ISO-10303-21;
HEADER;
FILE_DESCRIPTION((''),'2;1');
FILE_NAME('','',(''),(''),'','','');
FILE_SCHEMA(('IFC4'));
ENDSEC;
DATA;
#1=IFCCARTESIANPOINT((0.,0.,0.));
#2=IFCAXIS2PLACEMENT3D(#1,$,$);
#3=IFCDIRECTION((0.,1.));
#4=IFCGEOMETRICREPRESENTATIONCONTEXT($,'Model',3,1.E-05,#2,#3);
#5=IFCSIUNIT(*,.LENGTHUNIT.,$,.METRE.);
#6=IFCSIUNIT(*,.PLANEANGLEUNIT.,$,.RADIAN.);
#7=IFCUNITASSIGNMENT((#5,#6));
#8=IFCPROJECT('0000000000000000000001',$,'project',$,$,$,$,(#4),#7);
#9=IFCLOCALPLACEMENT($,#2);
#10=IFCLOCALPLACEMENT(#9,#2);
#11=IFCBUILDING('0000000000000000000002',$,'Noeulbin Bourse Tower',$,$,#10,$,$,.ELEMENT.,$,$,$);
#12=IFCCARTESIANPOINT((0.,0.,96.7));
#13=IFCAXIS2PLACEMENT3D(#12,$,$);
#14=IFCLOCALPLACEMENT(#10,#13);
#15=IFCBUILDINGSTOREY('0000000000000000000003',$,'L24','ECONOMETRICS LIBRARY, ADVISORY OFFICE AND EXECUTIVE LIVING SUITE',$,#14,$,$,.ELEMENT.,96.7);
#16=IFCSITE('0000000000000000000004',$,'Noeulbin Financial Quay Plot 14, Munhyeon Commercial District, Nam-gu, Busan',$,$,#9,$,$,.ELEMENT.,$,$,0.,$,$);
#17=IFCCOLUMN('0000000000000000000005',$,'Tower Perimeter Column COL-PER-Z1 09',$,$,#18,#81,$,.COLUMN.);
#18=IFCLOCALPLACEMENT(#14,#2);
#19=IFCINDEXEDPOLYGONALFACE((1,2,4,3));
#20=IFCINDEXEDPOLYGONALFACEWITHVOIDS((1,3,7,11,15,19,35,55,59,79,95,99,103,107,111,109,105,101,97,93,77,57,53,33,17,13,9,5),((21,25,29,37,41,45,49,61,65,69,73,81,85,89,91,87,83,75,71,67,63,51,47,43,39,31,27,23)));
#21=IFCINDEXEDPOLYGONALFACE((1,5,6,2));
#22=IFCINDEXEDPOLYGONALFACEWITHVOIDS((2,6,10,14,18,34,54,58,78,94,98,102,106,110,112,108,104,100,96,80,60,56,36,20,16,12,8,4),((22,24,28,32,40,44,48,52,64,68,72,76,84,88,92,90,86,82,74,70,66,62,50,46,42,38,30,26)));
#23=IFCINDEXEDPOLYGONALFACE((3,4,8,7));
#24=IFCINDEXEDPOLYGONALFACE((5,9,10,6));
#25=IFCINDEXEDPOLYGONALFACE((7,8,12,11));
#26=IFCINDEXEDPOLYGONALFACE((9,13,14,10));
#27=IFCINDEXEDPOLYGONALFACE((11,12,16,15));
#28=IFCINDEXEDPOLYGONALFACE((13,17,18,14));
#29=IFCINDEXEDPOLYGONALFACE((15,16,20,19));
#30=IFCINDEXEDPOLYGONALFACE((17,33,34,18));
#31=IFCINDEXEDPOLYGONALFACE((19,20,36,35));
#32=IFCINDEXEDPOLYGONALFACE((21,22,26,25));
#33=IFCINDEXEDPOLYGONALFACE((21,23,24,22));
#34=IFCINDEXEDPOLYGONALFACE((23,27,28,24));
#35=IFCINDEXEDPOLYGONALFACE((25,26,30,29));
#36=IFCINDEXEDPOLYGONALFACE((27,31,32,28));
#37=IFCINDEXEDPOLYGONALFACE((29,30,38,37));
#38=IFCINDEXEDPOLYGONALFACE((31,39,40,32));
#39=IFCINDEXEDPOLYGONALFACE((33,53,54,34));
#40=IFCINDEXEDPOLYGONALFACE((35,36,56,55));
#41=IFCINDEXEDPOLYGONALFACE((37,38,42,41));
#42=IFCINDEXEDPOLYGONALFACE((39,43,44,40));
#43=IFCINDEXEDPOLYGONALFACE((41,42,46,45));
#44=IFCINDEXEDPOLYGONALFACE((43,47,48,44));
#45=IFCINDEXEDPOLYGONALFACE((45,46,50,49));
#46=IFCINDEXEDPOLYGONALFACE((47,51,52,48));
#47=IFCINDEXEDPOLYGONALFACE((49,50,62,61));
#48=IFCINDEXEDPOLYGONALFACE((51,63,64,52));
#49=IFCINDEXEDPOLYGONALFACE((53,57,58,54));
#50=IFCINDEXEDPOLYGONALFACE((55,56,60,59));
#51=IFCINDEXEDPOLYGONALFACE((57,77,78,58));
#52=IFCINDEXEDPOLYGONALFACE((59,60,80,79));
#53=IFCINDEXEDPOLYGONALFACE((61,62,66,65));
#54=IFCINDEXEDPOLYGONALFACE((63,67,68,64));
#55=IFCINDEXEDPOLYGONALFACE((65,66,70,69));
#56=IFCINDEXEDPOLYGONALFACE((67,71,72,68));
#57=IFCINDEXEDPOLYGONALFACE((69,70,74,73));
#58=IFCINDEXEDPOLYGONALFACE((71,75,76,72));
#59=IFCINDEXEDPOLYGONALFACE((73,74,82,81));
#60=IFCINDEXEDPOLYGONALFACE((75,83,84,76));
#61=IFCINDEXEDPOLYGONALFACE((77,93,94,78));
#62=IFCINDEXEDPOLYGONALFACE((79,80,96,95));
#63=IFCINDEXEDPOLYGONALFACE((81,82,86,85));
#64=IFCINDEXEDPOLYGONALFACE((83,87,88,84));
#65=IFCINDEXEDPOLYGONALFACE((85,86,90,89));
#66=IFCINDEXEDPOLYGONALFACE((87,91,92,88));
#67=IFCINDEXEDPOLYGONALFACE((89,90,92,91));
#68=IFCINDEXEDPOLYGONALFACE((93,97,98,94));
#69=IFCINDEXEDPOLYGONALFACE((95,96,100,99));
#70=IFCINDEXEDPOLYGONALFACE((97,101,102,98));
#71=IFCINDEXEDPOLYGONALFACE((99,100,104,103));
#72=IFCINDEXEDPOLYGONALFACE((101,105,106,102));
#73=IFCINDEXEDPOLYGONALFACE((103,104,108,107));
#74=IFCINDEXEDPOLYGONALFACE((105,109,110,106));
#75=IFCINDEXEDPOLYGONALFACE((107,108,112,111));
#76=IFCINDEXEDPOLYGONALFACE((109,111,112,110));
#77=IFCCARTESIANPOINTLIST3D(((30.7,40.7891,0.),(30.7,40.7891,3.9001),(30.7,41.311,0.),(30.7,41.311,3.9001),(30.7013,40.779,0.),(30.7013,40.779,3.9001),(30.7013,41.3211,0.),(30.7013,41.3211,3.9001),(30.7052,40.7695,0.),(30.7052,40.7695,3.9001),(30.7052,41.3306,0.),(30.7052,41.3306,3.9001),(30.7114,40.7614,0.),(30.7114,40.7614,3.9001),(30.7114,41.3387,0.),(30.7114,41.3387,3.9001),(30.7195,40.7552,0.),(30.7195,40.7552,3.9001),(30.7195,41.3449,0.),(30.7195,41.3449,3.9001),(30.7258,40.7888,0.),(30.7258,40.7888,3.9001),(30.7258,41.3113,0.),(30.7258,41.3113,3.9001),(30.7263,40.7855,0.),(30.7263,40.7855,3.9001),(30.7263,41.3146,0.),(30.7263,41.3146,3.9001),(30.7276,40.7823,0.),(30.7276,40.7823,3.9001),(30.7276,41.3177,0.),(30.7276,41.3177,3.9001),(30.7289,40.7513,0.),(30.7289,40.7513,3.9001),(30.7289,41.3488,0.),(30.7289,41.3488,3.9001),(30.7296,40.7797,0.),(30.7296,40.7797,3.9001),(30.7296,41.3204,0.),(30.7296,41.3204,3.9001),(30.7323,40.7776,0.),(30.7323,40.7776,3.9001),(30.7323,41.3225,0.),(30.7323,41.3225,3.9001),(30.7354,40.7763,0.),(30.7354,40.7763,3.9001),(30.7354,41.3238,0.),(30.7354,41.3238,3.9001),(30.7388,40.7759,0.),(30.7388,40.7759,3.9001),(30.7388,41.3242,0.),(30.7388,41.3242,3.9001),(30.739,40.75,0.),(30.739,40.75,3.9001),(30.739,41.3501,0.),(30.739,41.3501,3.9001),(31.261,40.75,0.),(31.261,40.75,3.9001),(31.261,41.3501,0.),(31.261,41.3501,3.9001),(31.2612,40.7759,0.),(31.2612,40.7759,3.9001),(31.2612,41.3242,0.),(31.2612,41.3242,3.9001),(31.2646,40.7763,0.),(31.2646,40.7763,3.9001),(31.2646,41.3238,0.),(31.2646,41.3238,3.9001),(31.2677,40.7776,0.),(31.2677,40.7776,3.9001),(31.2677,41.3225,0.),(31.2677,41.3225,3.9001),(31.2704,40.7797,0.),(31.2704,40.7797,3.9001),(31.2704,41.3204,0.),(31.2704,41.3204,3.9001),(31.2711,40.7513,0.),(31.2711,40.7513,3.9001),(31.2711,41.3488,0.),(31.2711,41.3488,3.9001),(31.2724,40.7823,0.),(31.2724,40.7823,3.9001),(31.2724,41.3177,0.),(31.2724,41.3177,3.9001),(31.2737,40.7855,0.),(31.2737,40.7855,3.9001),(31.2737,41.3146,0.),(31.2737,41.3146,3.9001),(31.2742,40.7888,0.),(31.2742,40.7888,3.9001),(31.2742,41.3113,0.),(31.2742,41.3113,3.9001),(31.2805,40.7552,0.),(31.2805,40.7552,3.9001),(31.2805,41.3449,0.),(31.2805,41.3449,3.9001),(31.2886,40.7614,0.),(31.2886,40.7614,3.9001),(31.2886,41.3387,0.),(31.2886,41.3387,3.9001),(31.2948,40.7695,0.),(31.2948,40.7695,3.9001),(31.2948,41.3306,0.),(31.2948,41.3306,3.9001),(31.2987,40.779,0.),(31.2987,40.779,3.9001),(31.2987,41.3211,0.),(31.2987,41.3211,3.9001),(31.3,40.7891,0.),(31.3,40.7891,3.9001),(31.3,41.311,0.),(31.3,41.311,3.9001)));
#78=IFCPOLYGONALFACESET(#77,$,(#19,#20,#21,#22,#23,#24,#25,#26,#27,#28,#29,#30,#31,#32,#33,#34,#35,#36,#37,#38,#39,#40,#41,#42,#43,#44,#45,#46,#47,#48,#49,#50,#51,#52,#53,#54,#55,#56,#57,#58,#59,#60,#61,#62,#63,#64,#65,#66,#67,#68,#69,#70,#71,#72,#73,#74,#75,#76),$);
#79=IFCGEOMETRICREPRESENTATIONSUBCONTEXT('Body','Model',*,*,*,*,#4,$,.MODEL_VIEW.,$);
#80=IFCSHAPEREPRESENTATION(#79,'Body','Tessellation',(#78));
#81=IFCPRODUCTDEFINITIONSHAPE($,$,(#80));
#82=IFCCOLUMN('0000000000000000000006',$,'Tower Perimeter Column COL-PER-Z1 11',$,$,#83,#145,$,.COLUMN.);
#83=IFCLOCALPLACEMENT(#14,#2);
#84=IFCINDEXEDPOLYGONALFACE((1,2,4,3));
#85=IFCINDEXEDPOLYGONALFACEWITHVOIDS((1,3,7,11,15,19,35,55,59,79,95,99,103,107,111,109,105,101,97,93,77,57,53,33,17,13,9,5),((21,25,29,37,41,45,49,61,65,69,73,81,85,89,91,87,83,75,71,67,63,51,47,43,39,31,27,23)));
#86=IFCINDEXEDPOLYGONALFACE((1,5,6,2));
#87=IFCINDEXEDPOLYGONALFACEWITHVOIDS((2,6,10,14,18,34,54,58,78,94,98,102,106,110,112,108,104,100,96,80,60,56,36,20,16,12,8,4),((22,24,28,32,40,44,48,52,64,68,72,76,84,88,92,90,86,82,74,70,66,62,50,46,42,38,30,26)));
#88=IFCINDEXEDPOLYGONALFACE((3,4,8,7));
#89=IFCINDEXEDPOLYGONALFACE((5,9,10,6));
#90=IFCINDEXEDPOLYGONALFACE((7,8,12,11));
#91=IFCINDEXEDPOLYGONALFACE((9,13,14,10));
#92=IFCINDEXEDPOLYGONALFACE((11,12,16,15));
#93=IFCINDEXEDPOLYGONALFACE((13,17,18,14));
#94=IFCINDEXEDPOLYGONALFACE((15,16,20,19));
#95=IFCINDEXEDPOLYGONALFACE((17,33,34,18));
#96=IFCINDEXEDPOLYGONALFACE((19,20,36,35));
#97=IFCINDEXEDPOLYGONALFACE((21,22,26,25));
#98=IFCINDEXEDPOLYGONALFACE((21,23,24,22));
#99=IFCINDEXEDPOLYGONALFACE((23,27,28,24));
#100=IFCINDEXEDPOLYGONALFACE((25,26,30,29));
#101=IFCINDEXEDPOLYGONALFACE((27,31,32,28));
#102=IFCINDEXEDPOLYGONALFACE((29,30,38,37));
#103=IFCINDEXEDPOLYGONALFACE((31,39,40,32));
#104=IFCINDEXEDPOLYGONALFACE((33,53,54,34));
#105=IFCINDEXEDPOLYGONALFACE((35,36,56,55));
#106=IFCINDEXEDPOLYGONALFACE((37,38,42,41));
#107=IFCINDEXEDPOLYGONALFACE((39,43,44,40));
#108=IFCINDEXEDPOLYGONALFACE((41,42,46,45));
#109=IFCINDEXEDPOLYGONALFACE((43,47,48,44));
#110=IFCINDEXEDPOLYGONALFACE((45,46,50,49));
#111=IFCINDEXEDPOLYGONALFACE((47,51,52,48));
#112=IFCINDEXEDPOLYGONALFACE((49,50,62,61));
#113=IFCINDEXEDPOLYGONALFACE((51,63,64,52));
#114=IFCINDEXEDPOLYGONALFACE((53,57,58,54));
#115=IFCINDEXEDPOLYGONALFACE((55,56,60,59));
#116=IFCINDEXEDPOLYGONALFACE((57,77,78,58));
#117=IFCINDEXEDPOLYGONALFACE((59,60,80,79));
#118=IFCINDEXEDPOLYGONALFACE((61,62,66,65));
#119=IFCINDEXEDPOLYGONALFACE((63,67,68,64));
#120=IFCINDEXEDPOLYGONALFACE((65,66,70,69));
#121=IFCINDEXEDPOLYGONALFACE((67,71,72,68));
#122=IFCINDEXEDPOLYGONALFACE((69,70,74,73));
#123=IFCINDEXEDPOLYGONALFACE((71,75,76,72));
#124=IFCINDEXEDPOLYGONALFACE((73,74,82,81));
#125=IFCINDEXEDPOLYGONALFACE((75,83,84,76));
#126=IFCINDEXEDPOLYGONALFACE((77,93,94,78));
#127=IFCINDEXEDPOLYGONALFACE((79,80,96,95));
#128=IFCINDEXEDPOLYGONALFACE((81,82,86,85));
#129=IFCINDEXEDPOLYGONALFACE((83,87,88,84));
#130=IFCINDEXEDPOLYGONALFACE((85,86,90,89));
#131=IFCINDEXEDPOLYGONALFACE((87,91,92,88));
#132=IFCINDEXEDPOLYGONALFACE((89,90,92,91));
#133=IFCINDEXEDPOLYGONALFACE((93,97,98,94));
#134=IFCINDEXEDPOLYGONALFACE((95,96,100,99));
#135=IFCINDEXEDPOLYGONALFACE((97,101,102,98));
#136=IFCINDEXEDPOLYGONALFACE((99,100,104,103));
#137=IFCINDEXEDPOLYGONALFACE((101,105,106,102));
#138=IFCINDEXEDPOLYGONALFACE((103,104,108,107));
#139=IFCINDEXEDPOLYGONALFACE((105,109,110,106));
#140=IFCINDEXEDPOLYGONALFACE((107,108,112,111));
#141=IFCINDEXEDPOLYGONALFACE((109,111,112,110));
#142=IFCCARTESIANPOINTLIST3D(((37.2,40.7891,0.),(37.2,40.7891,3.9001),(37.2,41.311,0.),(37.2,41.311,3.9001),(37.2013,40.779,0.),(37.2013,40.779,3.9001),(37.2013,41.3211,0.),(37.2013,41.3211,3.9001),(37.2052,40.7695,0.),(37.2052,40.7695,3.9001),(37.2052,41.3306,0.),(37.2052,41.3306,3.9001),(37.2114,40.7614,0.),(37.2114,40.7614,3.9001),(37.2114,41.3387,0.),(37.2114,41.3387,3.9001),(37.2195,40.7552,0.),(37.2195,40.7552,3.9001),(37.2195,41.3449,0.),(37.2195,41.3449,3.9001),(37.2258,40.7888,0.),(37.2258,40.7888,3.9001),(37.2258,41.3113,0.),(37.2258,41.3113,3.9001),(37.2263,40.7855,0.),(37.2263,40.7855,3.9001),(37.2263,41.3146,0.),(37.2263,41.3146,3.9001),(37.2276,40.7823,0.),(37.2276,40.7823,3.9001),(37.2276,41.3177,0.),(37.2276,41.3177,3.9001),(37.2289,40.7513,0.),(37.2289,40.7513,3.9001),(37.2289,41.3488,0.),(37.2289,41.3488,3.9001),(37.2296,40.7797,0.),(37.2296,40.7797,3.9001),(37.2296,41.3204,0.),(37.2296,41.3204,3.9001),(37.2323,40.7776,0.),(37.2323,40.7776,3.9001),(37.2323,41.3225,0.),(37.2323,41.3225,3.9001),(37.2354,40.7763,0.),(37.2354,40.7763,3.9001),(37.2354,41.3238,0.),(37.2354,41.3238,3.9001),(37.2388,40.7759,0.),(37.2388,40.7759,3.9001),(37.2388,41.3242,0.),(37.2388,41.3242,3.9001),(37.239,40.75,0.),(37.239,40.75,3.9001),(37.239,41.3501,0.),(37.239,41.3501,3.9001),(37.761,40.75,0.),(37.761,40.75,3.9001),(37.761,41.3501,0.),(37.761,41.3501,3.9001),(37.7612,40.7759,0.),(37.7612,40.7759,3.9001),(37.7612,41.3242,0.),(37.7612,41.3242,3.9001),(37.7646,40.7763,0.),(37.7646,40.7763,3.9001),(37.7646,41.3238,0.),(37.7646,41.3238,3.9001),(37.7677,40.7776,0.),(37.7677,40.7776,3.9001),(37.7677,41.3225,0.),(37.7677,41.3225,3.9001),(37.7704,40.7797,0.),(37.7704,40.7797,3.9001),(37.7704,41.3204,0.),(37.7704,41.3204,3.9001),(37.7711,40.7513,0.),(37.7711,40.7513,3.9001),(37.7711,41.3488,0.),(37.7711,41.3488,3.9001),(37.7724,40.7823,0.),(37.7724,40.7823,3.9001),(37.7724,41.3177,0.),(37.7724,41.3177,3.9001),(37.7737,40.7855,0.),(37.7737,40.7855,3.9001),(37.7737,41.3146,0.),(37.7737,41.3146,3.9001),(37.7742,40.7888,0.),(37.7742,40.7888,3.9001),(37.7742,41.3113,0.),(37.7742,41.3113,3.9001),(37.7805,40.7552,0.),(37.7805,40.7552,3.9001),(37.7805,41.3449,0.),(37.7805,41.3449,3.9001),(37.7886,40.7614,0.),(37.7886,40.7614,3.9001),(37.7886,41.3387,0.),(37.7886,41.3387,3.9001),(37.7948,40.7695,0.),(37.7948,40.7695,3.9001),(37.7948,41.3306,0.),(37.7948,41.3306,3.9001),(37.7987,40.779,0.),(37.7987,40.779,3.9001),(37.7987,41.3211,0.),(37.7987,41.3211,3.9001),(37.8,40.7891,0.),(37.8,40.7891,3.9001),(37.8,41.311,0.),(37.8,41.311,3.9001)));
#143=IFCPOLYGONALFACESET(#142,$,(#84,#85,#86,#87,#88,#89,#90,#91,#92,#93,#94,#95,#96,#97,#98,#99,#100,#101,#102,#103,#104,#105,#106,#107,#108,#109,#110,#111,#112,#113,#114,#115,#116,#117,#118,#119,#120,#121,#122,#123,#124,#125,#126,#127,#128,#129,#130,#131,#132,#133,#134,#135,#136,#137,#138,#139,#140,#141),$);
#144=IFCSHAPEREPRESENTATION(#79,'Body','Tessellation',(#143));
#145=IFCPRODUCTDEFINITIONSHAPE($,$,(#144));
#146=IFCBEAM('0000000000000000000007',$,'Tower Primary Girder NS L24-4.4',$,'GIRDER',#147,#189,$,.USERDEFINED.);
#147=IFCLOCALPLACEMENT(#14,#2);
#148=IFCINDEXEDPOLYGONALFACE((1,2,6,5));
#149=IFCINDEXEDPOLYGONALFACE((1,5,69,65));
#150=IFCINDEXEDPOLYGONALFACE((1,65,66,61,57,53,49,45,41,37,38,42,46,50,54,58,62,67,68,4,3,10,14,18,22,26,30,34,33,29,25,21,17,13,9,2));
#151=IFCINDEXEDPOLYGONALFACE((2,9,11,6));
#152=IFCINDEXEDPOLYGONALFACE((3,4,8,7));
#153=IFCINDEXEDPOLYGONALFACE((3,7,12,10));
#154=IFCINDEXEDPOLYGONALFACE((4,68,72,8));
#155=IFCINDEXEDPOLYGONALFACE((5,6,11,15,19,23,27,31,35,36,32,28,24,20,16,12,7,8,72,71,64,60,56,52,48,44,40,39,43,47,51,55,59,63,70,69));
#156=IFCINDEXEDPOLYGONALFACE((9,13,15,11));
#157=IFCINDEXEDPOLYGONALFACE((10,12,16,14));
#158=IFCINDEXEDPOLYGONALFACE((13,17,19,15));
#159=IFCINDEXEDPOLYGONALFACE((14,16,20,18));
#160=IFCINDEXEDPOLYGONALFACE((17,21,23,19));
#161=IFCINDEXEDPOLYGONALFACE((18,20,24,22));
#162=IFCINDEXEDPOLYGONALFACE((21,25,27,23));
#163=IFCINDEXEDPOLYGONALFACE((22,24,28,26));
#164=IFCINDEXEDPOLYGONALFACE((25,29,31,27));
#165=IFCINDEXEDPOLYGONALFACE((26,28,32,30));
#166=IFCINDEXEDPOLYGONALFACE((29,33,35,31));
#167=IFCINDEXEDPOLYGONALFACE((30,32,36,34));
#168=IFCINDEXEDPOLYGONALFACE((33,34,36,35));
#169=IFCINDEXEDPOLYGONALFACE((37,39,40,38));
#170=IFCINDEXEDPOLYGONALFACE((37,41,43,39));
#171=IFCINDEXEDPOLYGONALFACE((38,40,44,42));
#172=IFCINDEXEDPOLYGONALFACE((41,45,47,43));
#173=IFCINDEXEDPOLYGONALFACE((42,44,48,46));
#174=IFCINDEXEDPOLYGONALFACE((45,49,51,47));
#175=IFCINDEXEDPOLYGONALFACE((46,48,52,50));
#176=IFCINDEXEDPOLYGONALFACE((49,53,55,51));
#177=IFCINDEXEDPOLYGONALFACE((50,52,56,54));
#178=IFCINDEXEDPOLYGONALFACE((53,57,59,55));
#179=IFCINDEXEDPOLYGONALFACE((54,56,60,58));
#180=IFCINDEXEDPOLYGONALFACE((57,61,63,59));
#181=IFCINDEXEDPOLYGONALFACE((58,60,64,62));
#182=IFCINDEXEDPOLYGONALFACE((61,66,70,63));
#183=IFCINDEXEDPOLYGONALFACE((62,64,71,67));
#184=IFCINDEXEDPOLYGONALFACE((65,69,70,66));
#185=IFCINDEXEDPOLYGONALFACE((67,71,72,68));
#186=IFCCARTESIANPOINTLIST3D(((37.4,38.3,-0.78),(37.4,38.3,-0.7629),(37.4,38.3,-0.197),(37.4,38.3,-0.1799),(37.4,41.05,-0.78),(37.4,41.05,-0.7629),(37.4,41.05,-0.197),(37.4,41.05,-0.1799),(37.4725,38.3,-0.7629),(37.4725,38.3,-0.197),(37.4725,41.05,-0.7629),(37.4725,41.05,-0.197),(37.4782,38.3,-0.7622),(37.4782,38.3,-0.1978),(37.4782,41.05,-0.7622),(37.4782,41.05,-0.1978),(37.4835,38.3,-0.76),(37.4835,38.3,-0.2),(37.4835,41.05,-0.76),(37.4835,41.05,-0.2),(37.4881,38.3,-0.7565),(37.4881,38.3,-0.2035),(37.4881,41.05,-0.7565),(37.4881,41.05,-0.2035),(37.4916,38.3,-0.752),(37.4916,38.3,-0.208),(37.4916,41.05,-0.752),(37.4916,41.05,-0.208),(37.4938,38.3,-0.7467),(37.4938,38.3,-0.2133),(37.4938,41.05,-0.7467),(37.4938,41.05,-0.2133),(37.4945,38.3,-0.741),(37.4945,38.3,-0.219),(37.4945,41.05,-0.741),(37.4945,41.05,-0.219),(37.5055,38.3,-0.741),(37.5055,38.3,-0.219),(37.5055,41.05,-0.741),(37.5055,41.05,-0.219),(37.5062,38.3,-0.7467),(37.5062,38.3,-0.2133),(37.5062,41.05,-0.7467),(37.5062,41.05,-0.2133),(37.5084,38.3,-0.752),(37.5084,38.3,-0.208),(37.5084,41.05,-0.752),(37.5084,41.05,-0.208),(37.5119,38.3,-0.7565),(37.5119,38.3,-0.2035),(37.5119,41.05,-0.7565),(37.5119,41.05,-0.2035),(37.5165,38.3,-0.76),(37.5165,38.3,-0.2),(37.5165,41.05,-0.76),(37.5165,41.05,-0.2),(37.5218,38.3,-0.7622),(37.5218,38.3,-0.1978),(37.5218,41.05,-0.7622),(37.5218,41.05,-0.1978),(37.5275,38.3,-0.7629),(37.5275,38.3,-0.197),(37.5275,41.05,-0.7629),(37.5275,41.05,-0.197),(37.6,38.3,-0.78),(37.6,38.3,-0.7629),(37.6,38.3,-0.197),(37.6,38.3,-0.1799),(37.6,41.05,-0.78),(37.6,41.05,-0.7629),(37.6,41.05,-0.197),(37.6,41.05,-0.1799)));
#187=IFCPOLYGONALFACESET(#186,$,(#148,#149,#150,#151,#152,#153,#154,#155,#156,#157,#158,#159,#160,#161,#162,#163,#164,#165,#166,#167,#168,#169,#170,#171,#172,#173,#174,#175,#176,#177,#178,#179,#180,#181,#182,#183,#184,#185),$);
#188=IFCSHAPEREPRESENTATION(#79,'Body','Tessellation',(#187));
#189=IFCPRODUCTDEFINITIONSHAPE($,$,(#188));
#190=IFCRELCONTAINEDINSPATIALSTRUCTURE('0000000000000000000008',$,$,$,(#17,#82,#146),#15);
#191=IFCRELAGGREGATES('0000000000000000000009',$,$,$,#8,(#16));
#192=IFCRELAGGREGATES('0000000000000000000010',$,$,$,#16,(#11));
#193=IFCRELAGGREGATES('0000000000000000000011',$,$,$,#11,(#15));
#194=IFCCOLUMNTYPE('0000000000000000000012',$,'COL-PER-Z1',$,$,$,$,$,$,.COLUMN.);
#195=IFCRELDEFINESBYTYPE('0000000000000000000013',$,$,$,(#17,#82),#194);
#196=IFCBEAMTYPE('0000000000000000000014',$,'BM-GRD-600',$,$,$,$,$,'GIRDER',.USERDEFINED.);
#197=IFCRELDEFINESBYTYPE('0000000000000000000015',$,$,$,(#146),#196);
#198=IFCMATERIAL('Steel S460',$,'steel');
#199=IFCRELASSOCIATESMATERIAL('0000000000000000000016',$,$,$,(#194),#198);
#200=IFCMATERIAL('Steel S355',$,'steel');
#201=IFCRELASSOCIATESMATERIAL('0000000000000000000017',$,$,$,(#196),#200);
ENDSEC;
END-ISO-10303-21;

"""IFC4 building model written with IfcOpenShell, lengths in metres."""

from ifc_helpers import new_model, si_unit, direction, frame, origin, origin_2d, place, context, subcontext, project, spatial, hollow_rectangle, i_section, extrude, material, material_profile, profile_set, type_object, element, save


model = new_model("IFC4")

# Units and contexts
model_context = context("Model", 3, precision=1e-05, world=origin(), true_north=direction((0.0, 1.0)))
body_context = subcontext(model_context, "Body", "Model", "MODEL_VIEW")
ifc_project = project(units=[si_unit("LENGTHUNIT", "METRE"), si_unit("PLANEANGLEUNIT", "RADIAN")], contexts=[model_context])

# Site, building, storey
site_placement = place(None, origin())
site = spatial("IfcSite", under=ifc_project, at=site_placement, Name="Noeulbin Financial Quay Plot 14, Munhyeon Commercial District, Nam-gu, Busan", CompositionType="ELEMENT", RefElevation=0.0)
building_placement = place(site_placement, origin())
building = spatial("IfcBuilding", under=site, at=building_placement, Name="Noeulbin Bourse Tower", CompositionType="ELEMENT")
storey_placement = place(building_placement, frame((0.0, 0.0, 96.7)))
storey = spatial("IfcBuildingStorey", under=building, at=storey_placement, Name="L24", Description="ECONOMETRICS LIBRARY, ADVISORY OFFICE AND EXECUTIVE LIVING SUITE", CompositionType="ELEMENT", Elevation=96.7)

# Columns
ifc_material_1 = material(Name="Steel S460", Category="steel")
ifc_material_profile_1 = material_profile(ifc_material_1, hollow_rectangle(XDim=0.6001, YDim=0.6001, WallThickness=0.0259, InnerFilletRadius=0.0129, OuterFilletRadius=0.0391, at=origin_2d()), Name="BOX-600x600x26", Category="LoadBearing")
ifc_profile_set_1 = profile_set([ifc_material_profile_1], Name="Steel S460")
column_type = type_object("IfcColumnType", Name="COL-PER-Z1", PredefinedType="COLUMN", material=ifc_profile_set_1)
for number, where, z_axis, x_axis, name in (
    (1, (31.0, 41.05, 0.0), (0.0, 0.0, 1.0), (1.0, 0.0, 0.0), "Tower Perimeter Column COL-PER-Z1 09"),
    (2, (37.5, 41.05, 0.0), (0.0, 0.0, 1.0), (1.0, 0.0, 0.0), "Tower Perimeter Column COL-PER-Z1 11"),
):
    element("IfcColumn", number, at=place(storey_placement, frame(where, z_axis=z_axis, x_axis=x_axis)), inside=storey, type_object=column_type, Name=name, PredefinedType="COLUMN", context=body_context, shape_type="SweptSolid", body=[
        extrude(hollow_rectangle(XDim=0.6001, YDim=0.6001, WallThickness=0.0259, InnerFilletRadius=0.0129, OuterFilletRadius=0.0391, at=origin_2d()), origin(), (0.0, 0.0, 1.0), 3.9001),
    ])

# Beam
ifc_material_2 = material(Name="Steel S355", Category="steel")
ifc_material_profile_2 = material_profile(ifc_material_2, i_section(OverallWidth=0.2, OverallDepth=0.6001, WebThickness=0.011, FlangeThickness=0.0171, FilletRadius=0.022, at=origin_2d()), Name="H-600x200x11x17", Category="LoadBearing")
ifc_profile_set_2 = profile_set([ifc_material_profile_2], Name="Steel S355")
beam_type_1 = type_object("IfcBeamType", Name="BM-GRD-600", ElementType="GIRDER", PredefinedType="USERDEFINED", material=ifc_profile_set_2)
beam_placement = place(storey_placement, frame((37.5, 38.3, -0.48), z_axis=(0.0, 1.0, 0.0), x_axis=(-1.0, 0.0, 0.0)))
element("IfcBeam", 3, at=beam_placement, inside=storey, type_object=beam_type_1, Name="Tower Primary Girder NS L24-4.4", ObjectType="GIRDER", PredefinedType="USERDEFINED", context=body_context, shape_type="SweptSolid", body=[
    extrude(i_section(OverallWidth=0.2, OverallDepth=0.6001, WebThickness=0.011, FlangeThickness=0.0171, FilletRadius=0.022, at=origin_2d()), origin(), (0.0, 0.0, 1.0), 2.75),
])

save(model, "model.ifc")
